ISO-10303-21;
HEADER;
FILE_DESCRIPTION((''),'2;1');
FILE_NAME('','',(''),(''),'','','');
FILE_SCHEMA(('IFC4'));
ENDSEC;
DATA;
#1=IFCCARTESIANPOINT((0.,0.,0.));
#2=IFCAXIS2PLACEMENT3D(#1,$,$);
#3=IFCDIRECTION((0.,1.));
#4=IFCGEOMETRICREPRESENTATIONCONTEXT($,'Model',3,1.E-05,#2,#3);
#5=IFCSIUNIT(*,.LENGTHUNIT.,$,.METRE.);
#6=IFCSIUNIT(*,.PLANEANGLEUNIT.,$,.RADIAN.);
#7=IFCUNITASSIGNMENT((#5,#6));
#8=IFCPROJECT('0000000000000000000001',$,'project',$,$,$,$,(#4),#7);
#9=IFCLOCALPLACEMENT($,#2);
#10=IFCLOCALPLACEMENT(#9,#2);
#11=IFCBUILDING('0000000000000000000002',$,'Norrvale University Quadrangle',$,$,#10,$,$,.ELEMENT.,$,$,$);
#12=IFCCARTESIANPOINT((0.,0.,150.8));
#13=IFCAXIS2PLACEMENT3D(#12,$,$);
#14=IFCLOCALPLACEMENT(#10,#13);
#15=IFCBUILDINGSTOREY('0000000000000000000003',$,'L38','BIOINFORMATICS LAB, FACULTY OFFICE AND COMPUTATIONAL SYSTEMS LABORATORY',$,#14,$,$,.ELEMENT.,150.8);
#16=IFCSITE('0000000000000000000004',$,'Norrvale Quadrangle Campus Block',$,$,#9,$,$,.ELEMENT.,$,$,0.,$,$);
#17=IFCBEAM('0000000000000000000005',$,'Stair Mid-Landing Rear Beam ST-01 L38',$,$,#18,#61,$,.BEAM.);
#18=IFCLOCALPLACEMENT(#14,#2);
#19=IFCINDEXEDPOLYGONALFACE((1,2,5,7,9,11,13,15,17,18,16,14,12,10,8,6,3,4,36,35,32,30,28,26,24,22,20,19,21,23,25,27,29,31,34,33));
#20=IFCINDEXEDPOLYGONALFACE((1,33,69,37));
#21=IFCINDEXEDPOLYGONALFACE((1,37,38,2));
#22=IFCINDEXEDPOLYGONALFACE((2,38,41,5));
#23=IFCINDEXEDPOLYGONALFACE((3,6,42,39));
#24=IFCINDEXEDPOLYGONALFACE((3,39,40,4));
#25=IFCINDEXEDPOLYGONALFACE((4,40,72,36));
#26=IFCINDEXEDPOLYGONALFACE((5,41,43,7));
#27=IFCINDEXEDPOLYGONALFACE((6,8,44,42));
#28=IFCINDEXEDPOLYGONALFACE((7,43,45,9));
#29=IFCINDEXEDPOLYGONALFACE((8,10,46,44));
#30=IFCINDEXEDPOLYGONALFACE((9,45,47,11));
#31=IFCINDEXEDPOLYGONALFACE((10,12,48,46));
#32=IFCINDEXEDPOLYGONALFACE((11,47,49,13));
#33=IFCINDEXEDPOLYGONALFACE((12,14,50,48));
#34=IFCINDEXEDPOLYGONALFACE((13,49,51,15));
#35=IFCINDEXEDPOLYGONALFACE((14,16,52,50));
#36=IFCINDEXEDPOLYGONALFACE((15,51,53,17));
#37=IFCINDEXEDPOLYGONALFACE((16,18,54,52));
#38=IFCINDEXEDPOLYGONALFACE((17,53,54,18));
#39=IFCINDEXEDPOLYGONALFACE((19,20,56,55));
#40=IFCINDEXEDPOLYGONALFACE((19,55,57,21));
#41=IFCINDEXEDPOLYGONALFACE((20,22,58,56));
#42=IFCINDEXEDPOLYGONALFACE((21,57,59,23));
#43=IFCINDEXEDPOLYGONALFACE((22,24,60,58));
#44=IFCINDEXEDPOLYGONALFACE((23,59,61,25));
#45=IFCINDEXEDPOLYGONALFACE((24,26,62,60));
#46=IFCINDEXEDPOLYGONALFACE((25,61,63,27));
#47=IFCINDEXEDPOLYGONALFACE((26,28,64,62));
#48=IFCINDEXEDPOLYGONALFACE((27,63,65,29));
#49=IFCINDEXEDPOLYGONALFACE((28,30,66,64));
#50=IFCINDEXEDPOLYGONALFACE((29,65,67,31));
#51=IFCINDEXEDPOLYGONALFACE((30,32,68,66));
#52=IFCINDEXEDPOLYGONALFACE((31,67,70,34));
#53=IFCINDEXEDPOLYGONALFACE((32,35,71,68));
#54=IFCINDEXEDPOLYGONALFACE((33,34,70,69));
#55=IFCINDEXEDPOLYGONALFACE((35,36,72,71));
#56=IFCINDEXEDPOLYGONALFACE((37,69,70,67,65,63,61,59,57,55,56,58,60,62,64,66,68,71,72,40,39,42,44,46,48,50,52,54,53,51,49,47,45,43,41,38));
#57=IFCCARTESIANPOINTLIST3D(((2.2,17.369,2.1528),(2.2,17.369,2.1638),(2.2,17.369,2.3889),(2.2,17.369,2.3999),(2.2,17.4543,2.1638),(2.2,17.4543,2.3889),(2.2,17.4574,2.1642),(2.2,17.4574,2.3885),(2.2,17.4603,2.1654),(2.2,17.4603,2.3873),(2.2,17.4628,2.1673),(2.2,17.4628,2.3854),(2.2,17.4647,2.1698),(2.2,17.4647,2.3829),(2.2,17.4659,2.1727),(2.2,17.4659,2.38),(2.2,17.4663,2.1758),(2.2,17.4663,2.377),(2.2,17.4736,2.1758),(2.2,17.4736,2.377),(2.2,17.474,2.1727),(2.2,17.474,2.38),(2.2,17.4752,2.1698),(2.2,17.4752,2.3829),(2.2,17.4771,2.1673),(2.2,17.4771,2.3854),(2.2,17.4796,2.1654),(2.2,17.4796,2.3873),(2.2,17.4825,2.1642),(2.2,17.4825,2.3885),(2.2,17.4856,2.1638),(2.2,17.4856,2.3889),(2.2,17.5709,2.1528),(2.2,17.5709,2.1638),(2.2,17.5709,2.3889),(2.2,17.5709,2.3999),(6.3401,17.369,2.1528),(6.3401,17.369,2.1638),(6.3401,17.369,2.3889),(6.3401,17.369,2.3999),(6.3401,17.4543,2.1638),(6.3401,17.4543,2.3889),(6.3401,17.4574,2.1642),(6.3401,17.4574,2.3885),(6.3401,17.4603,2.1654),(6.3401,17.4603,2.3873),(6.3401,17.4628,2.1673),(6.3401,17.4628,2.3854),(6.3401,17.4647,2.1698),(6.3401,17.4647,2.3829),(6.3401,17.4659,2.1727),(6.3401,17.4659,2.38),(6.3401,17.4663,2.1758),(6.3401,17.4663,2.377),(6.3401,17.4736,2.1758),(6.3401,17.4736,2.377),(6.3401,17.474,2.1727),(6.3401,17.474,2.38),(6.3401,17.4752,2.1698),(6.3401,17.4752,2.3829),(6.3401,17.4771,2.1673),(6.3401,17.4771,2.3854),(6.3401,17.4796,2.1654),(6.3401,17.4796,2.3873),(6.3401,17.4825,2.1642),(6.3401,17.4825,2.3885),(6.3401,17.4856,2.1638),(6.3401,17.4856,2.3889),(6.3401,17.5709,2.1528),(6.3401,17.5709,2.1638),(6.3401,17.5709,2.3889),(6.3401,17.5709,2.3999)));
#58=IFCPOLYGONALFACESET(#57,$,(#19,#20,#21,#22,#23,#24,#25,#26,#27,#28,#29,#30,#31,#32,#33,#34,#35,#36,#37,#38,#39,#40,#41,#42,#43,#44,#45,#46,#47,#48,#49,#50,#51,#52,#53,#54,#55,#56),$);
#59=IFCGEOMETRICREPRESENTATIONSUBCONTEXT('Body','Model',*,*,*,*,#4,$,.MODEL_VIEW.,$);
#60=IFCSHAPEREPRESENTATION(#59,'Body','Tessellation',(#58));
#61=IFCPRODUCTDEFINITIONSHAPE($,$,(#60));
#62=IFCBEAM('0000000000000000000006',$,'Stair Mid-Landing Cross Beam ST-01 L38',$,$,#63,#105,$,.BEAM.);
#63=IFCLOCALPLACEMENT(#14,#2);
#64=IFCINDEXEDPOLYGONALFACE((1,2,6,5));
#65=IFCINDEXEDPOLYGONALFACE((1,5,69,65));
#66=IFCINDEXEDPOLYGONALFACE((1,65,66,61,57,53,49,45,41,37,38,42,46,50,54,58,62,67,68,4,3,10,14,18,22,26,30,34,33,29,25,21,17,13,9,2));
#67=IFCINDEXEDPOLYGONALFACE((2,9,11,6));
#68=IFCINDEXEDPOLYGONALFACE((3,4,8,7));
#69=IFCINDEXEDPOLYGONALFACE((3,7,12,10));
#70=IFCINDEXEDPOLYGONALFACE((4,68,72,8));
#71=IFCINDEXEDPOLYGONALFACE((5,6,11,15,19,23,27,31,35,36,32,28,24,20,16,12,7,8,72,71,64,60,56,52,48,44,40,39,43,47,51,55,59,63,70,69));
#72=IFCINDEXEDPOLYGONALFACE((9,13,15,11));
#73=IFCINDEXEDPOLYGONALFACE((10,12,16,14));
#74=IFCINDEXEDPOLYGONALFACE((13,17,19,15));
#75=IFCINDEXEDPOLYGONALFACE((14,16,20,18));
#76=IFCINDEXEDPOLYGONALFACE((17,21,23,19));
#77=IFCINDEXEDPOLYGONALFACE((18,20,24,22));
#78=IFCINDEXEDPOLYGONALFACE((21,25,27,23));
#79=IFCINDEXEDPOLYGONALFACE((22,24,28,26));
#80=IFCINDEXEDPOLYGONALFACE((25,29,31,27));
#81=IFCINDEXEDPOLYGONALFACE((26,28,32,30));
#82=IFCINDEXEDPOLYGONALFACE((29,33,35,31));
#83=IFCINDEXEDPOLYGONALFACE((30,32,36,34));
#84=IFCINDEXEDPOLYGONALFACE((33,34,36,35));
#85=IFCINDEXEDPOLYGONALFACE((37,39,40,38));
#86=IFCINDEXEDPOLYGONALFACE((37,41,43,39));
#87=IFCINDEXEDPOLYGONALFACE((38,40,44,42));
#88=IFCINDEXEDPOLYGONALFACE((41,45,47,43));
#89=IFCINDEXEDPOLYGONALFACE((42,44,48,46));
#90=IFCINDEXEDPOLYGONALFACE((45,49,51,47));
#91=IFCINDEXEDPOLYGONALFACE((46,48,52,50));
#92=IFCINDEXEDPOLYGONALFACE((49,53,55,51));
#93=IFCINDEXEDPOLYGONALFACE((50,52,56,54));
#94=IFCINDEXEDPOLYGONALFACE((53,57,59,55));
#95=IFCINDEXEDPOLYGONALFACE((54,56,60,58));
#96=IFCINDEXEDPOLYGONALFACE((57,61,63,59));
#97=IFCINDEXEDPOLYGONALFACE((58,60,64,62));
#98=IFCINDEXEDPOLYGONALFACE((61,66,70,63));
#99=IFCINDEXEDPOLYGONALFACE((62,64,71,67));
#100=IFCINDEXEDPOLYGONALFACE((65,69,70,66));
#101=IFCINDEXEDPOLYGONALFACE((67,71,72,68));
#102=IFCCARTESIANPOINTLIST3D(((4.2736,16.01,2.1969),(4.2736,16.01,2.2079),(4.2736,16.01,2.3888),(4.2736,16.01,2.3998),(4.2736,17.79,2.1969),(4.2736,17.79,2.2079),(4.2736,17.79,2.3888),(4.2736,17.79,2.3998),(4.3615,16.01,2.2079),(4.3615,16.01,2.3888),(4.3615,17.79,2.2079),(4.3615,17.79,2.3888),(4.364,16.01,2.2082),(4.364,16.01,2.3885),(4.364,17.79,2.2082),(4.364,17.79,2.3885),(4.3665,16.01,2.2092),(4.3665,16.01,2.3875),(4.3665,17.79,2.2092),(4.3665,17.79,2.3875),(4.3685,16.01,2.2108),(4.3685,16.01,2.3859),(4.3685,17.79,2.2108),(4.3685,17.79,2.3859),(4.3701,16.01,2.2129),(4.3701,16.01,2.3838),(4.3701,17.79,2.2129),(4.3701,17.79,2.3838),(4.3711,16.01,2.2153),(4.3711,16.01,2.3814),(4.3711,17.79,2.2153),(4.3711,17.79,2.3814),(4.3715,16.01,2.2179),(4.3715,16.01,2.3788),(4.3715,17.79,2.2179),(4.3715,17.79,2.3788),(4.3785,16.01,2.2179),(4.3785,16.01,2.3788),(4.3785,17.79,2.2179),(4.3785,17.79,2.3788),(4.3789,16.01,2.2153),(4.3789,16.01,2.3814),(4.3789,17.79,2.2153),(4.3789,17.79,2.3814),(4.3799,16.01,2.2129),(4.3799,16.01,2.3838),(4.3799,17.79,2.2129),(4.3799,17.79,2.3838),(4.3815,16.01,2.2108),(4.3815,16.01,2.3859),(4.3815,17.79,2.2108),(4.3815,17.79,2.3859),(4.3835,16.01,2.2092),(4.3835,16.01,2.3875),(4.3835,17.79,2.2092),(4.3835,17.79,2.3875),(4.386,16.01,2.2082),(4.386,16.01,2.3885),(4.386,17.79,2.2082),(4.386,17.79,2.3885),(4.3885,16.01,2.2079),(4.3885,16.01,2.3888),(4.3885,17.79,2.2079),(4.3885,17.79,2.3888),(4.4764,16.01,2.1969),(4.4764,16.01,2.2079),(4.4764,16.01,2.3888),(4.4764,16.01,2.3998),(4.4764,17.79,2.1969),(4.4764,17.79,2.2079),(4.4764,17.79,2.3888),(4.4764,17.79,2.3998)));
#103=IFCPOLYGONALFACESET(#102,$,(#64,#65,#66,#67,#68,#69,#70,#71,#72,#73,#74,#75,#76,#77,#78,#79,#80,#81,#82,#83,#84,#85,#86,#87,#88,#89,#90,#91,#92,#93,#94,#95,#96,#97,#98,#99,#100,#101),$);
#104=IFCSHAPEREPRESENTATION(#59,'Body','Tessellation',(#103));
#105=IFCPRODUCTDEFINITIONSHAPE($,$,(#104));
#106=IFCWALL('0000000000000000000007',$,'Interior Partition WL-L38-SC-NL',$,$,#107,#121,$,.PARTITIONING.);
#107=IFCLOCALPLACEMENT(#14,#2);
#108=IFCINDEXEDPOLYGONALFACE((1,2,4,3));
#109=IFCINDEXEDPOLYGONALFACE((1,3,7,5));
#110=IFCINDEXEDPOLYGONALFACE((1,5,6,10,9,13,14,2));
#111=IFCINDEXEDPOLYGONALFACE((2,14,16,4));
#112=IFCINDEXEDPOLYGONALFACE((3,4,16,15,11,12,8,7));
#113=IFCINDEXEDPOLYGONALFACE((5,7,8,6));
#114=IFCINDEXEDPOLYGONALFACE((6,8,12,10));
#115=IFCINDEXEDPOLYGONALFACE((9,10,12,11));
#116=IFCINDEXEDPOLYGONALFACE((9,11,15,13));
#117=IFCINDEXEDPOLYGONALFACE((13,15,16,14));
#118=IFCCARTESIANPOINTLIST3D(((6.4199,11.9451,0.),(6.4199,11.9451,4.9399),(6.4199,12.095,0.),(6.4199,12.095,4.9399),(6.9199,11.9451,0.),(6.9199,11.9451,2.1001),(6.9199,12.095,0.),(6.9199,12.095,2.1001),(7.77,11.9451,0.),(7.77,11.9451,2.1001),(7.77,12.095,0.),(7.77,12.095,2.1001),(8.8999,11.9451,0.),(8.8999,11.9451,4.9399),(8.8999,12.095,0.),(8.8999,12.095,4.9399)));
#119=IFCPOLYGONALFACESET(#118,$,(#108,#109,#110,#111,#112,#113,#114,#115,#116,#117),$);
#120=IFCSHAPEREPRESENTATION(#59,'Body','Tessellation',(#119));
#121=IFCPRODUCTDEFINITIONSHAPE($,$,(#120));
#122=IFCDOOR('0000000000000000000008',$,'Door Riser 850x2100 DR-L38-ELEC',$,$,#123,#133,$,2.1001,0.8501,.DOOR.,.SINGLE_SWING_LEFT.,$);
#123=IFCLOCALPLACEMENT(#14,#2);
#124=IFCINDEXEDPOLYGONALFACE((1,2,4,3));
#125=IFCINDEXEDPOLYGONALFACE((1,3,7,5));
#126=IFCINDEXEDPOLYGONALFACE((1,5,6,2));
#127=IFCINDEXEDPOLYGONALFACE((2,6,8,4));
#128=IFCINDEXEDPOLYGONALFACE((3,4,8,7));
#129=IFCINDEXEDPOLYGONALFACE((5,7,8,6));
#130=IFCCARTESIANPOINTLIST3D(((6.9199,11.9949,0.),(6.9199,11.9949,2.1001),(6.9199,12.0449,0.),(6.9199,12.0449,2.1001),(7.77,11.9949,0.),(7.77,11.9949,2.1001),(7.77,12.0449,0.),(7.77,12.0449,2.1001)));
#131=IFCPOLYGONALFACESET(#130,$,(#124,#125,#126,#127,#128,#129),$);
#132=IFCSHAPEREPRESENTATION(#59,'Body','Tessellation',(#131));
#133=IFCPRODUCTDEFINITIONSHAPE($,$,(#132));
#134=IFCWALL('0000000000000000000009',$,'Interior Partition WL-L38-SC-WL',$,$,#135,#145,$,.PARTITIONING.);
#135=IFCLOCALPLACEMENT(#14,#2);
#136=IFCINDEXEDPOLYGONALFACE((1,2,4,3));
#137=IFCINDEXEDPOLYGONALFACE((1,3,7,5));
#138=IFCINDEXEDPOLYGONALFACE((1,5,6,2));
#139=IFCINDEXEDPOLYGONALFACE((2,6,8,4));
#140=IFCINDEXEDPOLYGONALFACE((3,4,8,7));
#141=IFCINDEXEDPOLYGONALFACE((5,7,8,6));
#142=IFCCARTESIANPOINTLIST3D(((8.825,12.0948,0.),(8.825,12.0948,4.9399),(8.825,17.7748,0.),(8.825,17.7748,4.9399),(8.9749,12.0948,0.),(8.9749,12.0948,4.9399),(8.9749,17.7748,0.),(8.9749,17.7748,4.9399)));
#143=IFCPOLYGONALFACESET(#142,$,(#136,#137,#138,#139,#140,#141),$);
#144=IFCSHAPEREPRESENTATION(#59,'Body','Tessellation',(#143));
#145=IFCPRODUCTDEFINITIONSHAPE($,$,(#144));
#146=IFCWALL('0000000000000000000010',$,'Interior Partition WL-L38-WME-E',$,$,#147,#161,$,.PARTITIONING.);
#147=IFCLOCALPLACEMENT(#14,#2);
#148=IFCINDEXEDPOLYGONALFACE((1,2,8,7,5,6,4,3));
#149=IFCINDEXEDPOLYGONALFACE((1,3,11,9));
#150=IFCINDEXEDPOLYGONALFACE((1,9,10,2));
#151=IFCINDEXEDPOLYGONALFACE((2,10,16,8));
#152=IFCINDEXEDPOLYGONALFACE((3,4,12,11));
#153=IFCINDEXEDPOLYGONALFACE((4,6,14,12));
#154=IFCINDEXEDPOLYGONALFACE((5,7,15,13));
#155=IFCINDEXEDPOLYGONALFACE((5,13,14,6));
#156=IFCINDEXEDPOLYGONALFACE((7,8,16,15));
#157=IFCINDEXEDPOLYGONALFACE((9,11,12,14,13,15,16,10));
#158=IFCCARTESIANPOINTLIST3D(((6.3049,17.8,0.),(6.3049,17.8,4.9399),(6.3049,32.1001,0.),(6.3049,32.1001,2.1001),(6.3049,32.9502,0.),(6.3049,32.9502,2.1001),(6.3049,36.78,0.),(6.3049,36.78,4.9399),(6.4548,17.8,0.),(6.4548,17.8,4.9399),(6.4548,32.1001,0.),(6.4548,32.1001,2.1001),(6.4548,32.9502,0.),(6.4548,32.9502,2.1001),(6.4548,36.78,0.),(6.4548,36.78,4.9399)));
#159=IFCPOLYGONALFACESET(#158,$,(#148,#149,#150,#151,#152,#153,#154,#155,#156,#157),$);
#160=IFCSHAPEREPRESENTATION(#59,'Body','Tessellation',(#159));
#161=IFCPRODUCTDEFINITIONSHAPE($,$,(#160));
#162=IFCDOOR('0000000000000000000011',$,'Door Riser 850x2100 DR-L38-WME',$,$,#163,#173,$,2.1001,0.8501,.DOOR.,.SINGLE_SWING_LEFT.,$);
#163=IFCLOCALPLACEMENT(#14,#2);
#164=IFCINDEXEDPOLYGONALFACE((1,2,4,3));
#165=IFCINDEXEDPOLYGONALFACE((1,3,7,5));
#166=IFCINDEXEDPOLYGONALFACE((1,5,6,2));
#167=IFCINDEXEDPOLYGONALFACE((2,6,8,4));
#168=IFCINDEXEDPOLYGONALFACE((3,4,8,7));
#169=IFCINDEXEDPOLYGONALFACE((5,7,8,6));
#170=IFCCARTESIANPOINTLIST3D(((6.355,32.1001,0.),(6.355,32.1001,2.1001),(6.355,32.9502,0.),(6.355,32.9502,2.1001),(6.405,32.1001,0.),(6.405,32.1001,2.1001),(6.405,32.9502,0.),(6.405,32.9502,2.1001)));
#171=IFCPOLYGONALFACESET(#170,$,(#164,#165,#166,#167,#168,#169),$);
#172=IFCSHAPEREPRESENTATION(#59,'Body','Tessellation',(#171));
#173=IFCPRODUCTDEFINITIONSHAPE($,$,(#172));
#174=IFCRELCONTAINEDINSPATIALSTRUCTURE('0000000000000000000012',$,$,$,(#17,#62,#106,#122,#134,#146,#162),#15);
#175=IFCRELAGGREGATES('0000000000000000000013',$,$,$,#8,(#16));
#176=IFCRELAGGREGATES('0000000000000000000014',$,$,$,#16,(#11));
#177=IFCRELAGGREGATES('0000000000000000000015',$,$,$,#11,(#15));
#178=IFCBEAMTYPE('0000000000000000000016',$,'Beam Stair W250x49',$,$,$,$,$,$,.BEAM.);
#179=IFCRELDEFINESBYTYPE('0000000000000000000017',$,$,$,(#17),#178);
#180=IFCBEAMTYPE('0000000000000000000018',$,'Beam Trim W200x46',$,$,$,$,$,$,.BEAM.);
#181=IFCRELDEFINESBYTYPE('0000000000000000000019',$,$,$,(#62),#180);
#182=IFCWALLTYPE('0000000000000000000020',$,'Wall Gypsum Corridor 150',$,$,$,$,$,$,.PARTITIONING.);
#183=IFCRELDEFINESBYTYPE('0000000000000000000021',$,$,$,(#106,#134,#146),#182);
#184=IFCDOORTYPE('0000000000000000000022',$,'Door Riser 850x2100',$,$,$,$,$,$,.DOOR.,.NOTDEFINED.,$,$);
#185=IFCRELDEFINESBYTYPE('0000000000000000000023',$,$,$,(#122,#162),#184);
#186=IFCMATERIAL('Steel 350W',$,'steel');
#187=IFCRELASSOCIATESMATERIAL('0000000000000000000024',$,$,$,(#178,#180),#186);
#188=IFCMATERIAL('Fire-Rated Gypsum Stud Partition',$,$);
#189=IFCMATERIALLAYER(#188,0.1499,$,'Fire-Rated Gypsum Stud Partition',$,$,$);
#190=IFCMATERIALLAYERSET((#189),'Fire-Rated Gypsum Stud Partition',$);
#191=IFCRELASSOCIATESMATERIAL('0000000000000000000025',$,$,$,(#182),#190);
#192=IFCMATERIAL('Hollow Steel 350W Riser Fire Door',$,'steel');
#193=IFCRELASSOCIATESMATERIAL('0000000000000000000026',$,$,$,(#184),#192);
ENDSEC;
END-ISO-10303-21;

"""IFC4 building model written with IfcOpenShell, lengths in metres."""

from ifc_helpers import new_model, si_unit, direction, frame, frame_2d, origin, origin_2d, place, context, subcontext, project, spatial, rectangle, i_section, extrude, material, layer, layer_set, material_profile, profile_set, type_object, element, fill, save


model = new_model("IFC4")

# Units and contexts
model_context = context("Model", 3, precision=1e-05, world=origin(), true_north=direction((0.0, 1.0)))
body_context = subcontext(model_context, "Body", "Model", "MODEL_VIEW")
ifc_project = project(units=[si_unit("LENGTHUNIT", "METRE"), si_unit("PLANEANGLEUNIT", "RADIAN")], contexts=[model_context])

# Site, building, storey
site_placement = place(None, origin())
site = spatial("IfcSite", under=ifc_project, at=site_placement, Name="Norrvale Quadrangle Campus Block", CompositionType="ELEMENT", RefElevation=0.0)
building_placement = place(site_placement, origin())
building = spatial("IfcBuilding", under=site, at=building_placement, Name="Norrvale University Quadrangle", CompositionType="ELEMENT")
storey_placement = place(building_placement, frame((0.0, 0.0, 150.8)))
storey = spatial("IfcBuildingStorey", under=building, at=storey_placement, Name="L38", Description="BIOINFORMATICS LAB, FACULTY OFFICE AND COMPUTATIONAL SYSTEMS LABORATORY", CompositionType="ELEMENT", Elevation=150.8)

# Beams
ifc_material_1 = material(Name="Steel 350W", Category="steel")
ifc_material_profile_1 = material_profile(ifc_material_1, i_section(OverallWidth=0.2019, OverallDepth=0.2471, WebThickness=0.0073, FlangeThickness=0.011, FilletRadius=0.012, at=origin_2d()), Name="Steel 350W")
ifc_profile_set_1 = profile_set([ifc_material_profile_1], Name="Steel 350W")
beam_type_1 = type_object("IfcBeamType", Name="Beam Stair W250x49", PredefinedType="BEAM", material=ifc_profile_set_1)
for number, where, z_axis, x_axis, name in (
    (1, (2.2, 17.47, 2.2764), (1.0, 0.0, 0.0), (0.0, 1.0, 0.0), "Stair Mid-Landing Rear Beam ST-01 L38"),
):
    element("IfcBeam", number, at=place(storey_placement, frame(where, z_axis=z_axis, x_axis=x_axis)), inside=storey, type_object=beam_type_1, Name=name, PredefinedType="BEAM", context=body_context, shape_type="SweptSolid", body=[
        extrude(i_section(OverallWidth=0.2019, OverallDepth=0.2471, WebThickness=0.0073, FlangeThickness=0.011, FilletRadius=0.012, at=origin_2d()), origin(), (0.0, 0.0, 1.0), 4.1401),
    ])
ifc_material_profile_2 = material_profile(ifc_material_1, i_section(OverallWidth=0.2029, OverallDepth=0.2029, WebThickness=0.0071, FlangeThickness=0.011, FilletRadius=0.01, at=origin_2d()), Name="Steel 350W")
ifc_profile_set_2 = profile_set([ifc_material_profile_2], Name="Steel 350W")
beam_type_2 = type_object("IfcBeamType", Name="Beam Trim W200x46", PredefinedType="BEAM", material=ifc_profile_set_2)
beam_1_placement = place(storey_placement, frame((4.375, 16.01, 2.2983), z_axis=(0.0, 1.0, 0.0), x_axis=(-1.0, 0.0, 0.0)))
element("IfcBeam", 2, at=beam_1_placement, inside=storey, type_object=beam_type_2, Name="Stair Mid-Landing Cross Beam ST-01 L38", PredefinedType="BEAM", context=body_context, shape_type="SweptSolid", body=[
    extrude(i_section(OverallWidth=0.2029, OverallDepth=0.2029, WebThickness=0.0071, FlangeThickness=0.011, FilletRadius=0.01, at=origin_2d()), origin(), (0.0, 0.0, 1.0), 1.78),
])

# Wall, opening, door
ifc_material_2 = material(Name="Fire-Rated Gypsum Stud Partition")
ifc_layer_1 = layer(ifc_material_2, 0.1499, Name="Fire-Rated Gypsum Stud Partition")
ifc_layer_set_1 = layer_set([ifc_layer_1], Name="Fire-Rated Gypsum Stud Partition")
wall_type_1 = type_object("IfcWallType", Name="Wall Gypsum Corridor 150", PredefinedType="PARTITIONING", material=ifc_layer_set_1)
wall_1_placement = place(storey_placement, frame((6.4199, 12.02, 0.0), z_axis=(0.0, 0.0, 1.0), x_axis=(1.0, 0.0, 0.0)))
wall_1 = element("IfcWall", 3, at=wall_1_placement, inside=storey, type_object=wall_type_1, Name="Interior Partition WL-L38-SC-NL", PredefinedType="PARTITIONING", context=body_context, shape_type="SweptSolid", body=[
    extrude(rectangle(XDim=2.48, YDim=0.1499, at=frame_2d((1.24, 0.0))), origin(), (0.0, 0.0, 1.0), 4.9399),
])
opening_1_placement = place(wall_1_placement, frame((0.5, 0.0, 0.0)))
opening_1 = element("IfcOpeningElement", 4, at=opening_1_placement, cuts=wall_1, PredefinedType="OPENING", context=body_context, shape_type="SweptSolid", body=[
    extrude(rectangle(XDim=0.8501, YDim=2.1001, at=frame_2d((0.425, 1.05))), frame((0.0, 0.0869, 0.0), z_axis=(0.0, -1.0, 0.0), x_axis=(1.0, 0.0, 0.0)), (0.0, 0.0, 1.0), 0.1738),
])
ifc_material_3 = material(Name="Hollow Steel 350W Riser Fire Door", Category="steel")
door_type = type_object("IfcDoorType", Name="Door Riser 850x2100", OperationType="NOTDEFINED", PredefinedType="DOOR", material=ifc_material_3)
door_1_placement = place(opening_1_placement, origin())
door_1 = element("IfcDoor", 5, at=door_1_placement, inside=storey, type_object=door_type, Name="Door Riser 850x2100 DR-L38-ELEC", OperationType="SINGLE_SWING_LEFT", OverallHeight=2.1001, OverallWidth=0.8501, PredefinedType="DOOR", context=body_context, shape_type="SweptSolid", body=[
    extrude(rectangle(XDim=0.8501, YDim=2.1001, at=frame_2d((0.425, 1.05))), frame((0.0, 0.0249, 0.0), z_axis=(0.0, -1.0, 0.0), x_axis=(1.0, 0.0, 0.0)), (0.0, 0.0, 1.0), 0.05),
])
fill(opening_1, door_1)

# Wall
wall_2_placement = place(storey_placement, frame((8.8999, 12.095, 0.0), z_axis=(0.0, 0.0, 1.0), x_axis=(0.0, 1.0, 0.0)))
element("IfcWall", 6, at=wall_2_placement, inside=storey, type_object=wall_type_1, Name="Interior Partition WL-L38-SC-WL", PredefinedType="PARTITIONING", context=body_context, shape_type="SweptSolid", body=[
    extrude(rectangle(XDim=5.6799, YDim=0.1499, at=frame_2d((2.8398, 0.0))), origin(), (0.0, 0.0, 1.0), 4.9399),
])

# Wall, opening, door
wall_3_placement = place(storey_placement, frame((6.3799, 17.8, 0.0), z_axis=(0.0, 0.0, 1.0), x_axis=(0.0, 1.0, 0.0)))
wall_3 = element("IfcWall", 7, at=wall_3_placement, inside=storey, type_object=wall_type_1, Name="Interior Partition WL-L38-WME-E", PredefinedType="PARTITIONING", context=body_context, shape_type="SweptSolid", body=[
    extrude(rectangle(XDim=18.98, YDim=0.1499, at=frame_2d((9.49, 0.0))), origin(), (0.0, 0.0, 1.0), 4.9399),
])
opening_2_placement = place(wall_3_placement, frame((14.3, 0.0, 0.0)))
opening_2 = element("IfcOpeningElement", 8, at=opening_2_placement, cuts=wall_3, PredefinedType="OPENING", context=body_context, shape_type="SweptSolid", body=[
    extrude(rectangle(XDim=0.8501, YDim=2.1001, at=frame_2d((0.425, 1.05))), frame((0.0, 0.0869, 0.0), z_axis=(0.0, -1.0, 0.0), x_axis=(1.0, 0.0, 0.0)), (0.0, 0.0, 1.0), 0.1738),
])
door_2_placement = place(opening_2_placement, origin())
door_2 = element("IfcDoor", 9, at=door_2_placement, inside=storey, type_object=door_type, Name="Door Riser 850x2100 DR-L38-WME", OperationType="SINGLE_SWING_LEFT", OverallHeight=2.1001, OverallWidth=0.8501, PredefinedType="DOOR", context=body_context, shape_type="SweptSolid", body=[
    extrude(rectangle(XDim=0.8501, YDim=2.1001, at=frame_2d((0.425, 1.05))), frame((0.0, 0.0249, 0.0), z_axis=(0.0, -1.0, 0.0), x_axis=(1.0, 0.0, 0.0)), (0.0, 0.0, 1.0), 0.05),
])
fill(opening_2, door_2)

save(model, "model.ifc")
